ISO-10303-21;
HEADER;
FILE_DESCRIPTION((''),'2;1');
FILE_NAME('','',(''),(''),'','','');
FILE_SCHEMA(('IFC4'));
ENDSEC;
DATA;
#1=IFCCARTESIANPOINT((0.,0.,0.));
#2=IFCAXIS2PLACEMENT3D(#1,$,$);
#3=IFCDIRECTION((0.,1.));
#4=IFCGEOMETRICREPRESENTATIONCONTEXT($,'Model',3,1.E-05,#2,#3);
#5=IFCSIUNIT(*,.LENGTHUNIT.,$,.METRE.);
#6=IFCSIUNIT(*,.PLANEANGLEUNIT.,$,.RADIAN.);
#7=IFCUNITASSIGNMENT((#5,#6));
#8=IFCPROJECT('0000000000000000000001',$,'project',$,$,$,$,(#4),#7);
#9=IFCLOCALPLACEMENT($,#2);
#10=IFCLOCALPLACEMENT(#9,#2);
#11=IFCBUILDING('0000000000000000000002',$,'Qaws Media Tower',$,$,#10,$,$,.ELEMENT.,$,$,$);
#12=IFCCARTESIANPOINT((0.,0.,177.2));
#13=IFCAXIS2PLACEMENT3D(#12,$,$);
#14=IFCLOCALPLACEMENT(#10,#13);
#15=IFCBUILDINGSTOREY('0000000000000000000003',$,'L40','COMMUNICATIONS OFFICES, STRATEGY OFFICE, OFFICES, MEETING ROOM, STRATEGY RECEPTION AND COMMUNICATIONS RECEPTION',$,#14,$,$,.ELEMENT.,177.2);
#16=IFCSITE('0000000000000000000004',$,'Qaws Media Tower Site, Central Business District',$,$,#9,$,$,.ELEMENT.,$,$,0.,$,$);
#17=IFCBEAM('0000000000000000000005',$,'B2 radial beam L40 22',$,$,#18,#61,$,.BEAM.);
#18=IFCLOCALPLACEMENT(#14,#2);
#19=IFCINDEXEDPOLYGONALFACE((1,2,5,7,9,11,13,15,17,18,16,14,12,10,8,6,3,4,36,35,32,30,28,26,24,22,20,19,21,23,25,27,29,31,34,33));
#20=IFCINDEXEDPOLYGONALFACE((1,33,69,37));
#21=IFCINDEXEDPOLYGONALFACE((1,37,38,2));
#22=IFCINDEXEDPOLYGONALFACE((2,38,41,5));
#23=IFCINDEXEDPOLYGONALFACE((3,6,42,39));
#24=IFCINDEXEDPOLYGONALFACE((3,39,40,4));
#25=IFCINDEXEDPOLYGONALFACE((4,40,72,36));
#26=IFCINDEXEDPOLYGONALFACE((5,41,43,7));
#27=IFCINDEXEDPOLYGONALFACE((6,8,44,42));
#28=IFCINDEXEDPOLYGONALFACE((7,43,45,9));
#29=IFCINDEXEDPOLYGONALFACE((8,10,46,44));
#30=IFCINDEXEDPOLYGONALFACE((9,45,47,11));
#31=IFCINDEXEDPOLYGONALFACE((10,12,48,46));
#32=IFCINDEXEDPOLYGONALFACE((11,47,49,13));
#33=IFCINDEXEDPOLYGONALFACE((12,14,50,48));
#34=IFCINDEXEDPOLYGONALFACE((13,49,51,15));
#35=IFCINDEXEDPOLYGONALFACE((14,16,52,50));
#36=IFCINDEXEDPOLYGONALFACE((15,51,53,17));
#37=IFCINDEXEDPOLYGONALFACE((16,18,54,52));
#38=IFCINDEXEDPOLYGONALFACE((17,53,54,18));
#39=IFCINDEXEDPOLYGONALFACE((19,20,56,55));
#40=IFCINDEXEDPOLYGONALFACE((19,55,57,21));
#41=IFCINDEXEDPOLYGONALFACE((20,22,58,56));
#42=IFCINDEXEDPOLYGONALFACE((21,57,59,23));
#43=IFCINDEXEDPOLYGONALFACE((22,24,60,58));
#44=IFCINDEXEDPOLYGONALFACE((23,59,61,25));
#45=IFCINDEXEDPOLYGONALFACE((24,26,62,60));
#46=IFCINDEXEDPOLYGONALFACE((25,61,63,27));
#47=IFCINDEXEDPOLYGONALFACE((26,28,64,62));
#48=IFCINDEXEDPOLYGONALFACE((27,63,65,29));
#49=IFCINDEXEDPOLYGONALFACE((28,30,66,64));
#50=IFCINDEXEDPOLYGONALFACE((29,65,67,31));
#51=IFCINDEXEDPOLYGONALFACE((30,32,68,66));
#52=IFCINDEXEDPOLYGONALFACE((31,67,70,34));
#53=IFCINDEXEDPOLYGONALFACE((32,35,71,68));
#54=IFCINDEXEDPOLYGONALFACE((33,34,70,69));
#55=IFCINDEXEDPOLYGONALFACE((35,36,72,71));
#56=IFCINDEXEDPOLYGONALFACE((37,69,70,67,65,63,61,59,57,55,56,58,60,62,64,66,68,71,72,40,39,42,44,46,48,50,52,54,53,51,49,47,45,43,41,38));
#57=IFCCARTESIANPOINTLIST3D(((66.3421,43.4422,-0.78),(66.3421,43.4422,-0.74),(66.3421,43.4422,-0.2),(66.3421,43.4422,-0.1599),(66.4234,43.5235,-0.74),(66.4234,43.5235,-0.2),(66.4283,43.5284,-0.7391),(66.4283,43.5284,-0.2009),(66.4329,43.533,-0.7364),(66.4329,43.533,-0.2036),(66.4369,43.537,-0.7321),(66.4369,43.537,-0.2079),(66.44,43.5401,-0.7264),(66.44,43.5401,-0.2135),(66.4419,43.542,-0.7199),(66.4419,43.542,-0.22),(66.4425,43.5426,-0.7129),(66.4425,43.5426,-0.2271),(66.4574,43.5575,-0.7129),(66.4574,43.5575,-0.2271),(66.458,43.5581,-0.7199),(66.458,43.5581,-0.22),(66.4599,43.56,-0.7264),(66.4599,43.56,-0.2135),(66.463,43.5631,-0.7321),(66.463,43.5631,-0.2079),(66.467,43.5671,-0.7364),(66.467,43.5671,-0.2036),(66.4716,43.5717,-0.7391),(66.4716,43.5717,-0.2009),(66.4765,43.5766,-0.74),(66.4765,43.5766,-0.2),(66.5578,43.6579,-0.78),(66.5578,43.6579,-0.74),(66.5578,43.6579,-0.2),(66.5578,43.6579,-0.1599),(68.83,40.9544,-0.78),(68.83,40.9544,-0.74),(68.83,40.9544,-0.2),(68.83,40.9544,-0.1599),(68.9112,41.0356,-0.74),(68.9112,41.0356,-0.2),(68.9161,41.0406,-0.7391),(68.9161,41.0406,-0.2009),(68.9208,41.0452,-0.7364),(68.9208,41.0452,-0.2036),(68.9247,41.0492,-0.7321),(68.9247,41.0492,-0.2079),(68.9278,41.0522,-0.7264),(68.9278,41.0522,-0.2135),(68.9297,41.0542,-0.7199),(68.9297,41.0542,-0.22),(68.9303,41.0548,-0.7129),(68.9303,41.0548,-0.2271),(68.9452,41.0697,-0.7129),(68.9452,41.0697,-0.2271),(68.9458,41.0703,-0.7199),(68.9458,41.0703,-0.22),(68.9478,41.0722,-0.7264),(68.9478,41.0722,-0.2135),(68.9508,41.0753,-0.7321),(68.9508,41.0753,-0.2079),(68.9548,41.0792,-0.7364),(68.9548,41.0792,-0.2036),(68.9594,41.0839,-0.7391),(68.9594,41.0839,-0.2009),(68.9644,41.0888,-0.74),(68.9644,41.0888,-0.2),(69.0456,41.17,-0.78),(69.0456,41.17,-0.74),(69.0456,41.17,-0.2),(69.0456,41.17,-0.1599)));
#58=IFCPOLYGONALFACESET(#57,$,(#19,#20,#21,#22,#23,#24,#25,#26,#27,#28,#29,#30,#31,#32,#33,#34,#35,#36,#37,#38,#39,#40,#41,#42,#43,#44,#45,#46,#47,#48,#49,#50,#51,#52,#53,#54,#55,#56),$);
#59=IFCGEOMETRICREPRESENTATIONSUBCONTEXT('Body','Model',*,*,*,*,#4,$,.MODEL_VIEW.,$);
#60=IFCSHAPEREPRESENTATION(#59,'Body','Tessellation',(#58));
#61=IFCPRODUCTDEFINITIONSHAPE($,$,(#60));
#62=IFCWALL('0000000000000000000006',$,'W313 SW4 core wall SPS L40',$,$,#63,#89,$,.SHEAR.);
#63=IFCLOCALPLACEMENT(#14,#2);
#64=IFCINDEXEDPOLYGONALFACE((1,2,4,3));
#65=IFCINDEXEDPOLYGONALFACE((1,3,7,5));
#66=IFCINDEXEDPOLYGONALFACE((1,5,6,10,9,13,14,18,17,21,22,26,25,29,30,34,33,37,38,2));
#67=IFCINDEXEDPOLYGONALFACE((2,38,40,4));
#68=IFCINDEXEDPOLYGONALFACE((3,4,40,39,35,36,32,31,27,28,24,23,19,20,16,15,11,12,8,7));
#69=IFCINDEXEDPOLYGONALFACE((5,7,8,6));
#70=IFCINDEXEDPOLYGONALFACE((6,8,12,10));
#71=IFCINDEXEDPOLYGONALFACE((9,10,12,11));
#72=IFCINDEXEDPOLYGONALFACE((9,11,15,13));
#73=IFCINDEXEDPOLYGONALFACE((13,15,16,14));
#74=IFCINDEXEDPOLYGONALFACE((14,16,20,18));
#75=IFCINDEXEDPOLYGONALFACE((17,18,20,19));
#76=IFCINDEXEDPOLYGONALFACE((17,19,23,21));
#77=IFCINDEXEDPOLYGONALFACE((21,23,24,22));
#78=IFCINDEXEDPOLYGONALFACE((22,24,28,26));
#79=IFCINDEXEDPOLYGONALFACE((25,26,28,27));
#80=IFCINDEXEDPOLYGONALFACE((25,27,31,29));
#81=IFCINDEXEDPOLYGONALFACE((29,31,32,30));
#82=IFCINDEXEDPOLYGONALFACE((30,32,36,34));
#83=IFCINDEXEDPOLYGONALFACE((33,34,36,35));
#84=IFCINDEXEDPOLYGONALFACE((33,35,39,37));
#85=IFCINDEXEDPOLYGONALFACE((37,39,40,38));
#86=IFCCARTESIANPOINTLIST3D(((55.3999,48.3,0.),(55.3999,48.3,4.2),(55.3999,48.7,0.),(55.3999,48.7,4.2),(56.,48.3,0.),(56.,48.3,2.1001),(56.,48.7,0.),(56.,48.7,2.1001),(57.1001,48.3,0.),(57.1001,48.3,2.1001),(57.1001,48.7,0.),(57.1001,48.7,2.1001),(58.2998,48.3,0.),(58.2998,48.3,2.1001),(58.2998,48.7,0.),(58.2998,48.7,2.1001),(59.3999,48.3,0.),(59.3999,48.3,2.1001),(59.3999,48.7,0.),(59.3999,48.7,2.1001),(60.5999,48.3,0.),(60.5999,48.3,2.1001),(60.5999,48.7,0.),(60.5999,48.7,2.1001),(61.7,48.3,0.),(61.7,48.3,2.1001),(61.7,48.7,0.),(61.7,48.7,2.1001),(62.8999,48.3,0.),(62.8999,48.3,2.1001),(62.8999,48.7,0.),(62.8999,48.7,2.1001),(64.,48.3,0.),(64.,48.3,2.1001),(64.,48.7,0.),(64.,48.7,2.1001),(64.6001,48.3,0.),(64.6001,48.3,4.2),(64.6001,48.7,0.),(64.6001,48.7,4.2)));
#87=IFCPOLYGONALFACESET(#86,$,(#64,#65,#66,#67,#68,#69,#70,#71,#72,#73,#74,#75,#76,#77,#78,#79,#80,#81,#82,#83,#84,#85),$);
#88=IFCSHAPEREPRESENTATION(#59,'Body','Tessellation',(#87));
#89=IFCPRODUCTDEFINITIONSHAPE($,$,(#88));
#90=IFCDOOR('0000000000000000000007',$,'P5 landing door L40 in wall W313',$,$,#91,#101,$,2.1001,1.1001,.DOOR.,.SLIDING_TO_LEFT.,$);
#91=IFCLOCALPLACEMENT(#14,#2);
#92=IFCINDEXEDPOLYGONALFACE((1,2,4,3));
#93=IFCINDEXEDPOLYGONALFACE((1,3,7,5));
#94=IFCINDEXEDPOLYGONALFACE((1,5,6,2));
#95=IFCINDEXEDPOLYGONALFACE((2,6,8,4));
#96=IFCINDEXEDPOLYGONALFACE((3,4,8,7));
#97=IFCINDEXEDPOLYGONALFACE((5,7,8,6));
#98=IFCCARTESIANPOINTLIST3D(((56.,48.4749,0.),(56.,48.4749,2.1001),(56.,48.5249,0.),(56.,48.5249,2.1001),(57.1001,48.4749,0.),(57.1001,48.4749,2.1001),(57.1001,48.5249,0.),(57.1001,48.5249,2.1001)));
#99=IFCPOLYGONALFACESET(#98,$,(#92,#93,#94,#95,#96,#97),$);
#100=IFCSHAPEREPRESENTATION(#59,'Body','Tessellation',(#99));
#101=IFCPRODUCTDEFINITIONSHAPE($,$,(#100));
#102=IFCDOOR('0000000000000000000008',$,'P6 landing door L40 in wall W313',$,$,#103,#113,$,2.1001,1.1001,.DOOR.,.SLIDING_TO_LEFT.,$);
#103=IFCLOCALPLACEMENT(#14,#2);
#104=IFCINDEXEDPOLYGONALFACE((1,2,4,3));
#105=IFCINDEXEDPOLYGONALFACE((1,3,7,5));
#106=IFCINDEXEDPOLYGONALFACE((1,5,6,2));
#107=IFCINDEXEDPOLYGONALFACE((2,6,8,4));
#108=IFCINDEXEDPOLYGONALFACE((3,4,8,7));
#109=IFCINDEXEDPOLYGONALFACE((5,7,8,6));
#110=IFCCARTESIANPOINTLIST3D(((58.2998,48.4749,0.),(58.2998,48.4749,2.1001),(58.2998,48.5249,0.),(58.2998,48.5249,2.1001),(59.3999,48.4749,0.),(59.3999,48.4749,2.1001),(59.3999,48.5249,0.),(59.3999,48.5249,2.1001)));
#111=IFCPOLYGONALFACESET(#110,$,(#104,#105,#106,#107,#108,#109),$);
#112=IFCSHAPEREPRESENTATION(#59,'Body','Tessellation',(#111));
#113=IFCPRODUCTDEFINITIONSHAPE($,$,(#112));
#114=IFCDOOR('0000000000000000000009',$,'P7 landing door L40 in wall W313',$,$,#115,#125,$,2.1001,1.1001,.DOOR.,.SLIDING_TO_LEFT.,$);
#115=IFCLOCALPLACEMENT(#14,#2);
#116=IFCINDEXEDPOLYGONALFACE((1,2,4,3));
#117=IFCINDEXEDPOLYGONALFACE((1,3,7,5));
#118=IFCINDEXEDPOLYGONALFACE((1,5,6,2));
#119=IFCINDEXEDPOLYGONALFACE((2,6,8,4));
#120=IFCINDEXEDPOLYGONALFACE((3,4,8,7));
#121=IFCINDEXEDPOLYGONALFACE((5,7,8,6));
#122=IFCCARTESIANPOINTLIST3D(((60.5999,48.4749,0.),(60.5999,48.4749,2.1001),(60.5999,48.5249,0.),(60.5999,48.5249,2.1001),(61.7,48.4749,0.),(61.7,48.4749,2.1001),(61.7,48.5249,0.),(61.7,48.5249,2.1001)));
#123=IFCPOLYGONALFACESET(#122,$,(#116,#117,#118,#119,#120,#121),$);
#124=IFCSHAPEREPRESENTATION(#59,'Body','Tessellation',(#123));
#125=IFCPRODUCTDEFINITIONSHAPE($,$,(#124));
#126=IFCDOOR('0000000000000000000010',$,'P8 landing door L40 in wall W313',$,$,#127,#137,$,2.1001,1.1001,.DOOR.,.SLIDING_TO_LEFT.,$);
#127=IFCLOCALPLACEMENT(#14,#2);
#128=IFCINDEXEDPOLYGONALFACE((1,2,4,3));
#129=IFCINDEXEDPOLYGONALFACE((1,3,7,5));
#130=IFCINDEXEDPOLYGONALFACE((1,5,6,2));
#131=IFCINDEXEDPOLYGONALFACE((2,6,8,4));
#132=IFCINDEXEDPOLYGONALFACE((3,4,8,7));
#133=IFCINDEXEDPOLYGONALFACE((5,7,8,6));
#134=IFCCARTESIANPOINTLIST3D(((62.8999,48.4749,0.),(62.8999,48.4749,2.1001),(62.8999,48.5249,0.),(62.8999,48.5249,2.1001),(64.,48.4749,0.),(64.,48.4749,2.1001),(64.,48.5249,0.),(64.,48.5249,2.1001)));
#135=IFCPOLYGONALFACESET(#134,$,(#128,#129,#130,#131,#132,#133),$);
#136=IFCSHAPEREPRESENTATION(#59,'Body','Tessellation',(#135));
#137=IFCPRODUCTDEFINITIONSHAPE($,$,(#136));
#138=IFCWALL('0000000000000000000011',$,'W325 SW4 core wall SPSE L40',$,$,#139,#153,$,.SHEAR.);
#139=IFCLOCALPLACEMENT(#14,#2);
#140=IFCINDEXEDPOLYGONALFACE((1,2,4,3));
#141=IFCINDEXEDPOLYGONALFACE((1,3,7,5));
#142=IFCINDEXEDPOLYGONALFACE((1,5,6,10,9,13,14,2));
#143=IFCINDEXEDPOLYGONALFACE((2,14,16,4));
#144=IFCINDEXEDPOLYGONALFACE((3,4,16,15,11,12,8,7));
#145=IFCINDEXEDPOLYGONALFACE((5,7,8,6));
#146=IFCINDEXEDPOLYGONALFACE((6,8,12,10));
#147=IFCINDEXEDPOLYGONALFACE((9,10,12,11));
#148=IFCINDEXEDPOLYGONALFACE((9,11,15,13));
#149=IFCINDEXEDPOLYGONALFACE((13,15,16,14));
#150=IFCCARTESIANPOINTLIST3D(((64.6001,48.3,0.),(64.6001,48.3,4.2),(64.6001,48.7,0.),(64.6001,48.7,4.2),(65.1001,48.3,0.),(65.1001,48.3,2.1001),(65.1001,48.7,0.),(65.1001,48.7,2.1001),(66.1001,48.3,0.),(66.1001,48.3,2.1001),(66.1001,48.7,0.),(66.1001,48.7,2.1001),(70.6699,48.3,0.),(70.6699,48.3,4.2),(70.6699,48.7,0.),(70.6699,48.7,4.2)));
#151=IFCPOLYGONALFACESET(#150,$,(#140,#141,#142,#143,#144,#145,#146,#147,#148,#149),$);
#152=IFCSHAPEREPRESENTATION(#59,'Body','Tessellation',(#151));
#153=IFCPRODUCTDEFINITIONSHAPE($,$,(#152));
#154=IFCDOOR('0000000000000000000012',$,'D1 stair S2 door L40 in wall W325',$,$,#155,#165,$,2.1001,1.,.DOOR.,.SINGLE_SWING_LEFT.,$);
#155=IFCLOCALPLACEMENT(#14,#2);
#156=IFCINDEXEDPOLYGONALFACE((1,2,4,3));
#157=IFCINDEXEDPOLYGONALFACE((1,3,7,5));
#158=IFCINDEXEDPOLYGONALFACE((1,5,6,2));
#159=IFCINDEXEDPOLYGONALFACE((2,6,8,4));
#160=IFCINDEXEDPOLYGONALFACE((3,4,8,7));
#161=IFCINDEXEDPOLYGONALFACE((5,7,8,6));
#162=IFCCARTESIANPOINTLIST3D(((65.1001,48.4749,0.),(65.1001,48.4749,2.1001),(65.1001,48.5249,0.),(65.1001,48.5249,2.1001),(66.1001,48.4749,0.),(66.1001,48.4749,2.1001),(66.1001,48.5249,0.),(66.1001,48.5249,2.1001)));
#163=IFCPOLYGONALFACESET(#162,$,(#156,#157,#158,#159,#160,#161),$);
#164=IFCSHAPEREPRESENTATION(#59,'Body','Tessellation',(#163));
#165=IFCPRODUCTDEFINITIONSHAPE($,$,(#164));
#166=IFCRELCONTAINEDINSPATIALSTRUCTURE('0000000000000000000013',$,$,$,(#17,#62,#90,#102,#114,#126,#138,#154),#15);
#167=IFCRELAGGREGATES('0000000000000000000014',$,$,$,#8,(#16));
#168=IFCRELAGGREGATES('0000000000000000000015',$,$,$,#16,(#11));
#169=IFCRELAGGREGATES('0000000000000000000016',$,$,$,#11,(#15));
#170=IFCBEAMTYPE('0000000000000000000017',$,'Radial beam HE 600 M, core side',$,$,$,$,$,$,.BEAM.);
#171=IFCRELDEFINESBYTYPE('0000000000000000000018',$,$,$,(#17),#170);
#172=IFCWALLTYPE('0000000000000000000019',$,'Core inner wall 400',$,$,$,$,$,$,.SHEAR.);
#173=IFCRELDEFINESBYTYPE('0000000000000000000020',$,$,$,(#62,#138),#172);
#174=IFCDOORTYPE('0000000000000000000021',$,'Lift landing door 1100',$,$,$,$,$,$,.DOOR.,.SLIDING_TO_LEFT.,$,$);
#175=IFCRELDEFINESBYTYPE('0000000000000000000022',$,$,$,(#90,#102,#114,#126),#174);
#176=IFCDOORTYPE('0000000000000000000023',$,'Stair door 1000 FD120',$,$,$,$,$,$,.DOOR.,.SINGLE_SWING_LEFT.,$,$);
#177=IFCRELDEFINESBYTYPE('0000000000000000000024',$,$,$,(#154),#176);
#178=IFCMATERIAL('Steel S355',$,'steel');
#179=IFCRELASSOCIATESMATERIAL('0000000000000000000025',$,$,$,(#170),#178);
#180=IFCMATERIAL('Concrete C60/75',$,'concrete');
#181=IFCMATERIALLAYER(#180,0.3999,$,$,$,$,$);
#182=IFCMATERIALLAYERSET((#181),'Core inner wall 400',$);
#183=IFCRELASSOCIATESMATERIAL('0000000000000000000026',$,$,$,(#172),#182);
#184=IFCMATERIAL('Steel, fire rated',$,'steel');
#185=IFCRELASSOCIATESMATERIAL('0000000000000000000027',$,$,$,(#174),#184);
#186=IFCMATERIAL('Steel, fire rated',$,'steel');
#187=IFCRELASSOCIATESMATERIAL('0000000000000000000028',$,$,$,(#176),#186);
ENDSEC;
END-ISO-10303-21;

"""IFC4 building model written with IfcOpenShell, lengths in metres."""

from ifc_helpers import new_model, si_unit, direction, frame, frame_2d, origin, origin_2d, place, context, subcontext, project, spatial, rectangle, i_section, extrude, material, layer, layer_set, material_profile, profile_set, type_object, element, fill, save


model = new_model("IFC4")

# Units and contexts
model_context = context("Model", 3, precision=1e-05, world=origin(), true_north=direction((0.0, 1.0)))
body_context = subcontext(model_context, "Body", "Model", "MODEL_VIEW")
ifc_project = project(units=[si_unit("LENGTHUNIT", "METRE"), si_unit("PLANEANGLEUNIT", "RADIAN")], contexts=[model_context])

# Site, building, storey
site_placement = place(None, origin())
site = spatial("IfcSite", under=ifc_project, at=site_placement, Name="Qaws Media Tower Site, Central Business District", CompositionType="ELEMENT", RefElevation=0.0)
building_placement = place(site_placement, origin())
building = spatial("IfcBuilding", under=site, at=building_placement, Name="Qaws Media Tower", CompositionType="ELEMENT")
storey_placement = place(building_placement, frame((0.0, 0.0, 177.2)))
storey = spatial("IfcBuildingStorey", under=building, at=storey_placement, Name="L40", Description="COMMUNICATIONS OFFICES, STRATEGY OFFICE, OFFICES, MEETING ROOM, STRATEGY RECEPTION AND COMMUNICATIONS RECEPTION", CompositionType="ELEMENT", Elevation=177.2)

# Beam
ifc_material_1 = material(Name="Steel S355", Category="steel")
ifc_material_profile_1 = material_profile(ifc_material_1, i_section(OverallWidth=0.3049, OverallDepth=0.6201, WebThickness=0.021, FlangeThickness=0.04, FilletRadius=0.0271, at=origin_2d()), Name="HE 600 M")
ifc_profile_set_1 = profile_set([ifc_material_profile_1], Name="Steel S355")
beam_type_1 = type_object("IfcBeamType", Name="Radial beam HE 600 M, core side", PredefinedType="BEAM", material=ifc_profile_set_1)
beam_1_placement = place(storey_placement, frame((66.45, 43.55, -0.47), z_axis=(0.707107, -0.707107, 0.0), x_axis=(0.707107, 0.707107, 0.0)))
element("IfcBeam", 1, at=beam_1_placement, inside=storey, type_object=beam_type_1, Name="B2 radial beam L40 22", PredefinedType="BEAM", context=body_context, shape_type="SweptSolid", body=[
    extrude(i_section(OverallWidth=0.3049, OverallDepth=0.6201, WebThickness=0.021, FlangeThickness=0.04, FilletRadius=0.0271, at=origin_2d()), origin(), (0.0, 0.0, 1.0), 3.5183),
])

# Wall, openings, doors
ifc_material_2 = material(Name="Concrete C60/75", Category="concrete")
ifc_layer_1 = layer(ifc_material_2, 0.3999)
ifc_layer_set_1 = layer_set([ifc_layer_1], Name="Core inner wall 400")
wall_type_1 = type_object("IfcWallType", Name="Core inner wall 400", PredefinedType="SHEAR", material=ifc_layer_set_1)
wall_1_placement = place(storey_placement, frame((55.3999, 48.5, 0.0), z_axis=(0.0, 0.0, 1.0), x_axis=(1.0, 0.0, 0.0)))
wall_1 = element("IfcWall", 2, at=wall_1_placement, inside=storey, type_object=wall_type_1, Name="W313 SW4 core wall SPS L40", PredefinedType="SHEAR", context=body_context, shape_type="SweptSolid", body=[
    extrude(rectangle(XDim=9.2002, YDim=0.3999, at=frame_2d((4.6001, 0.0))), origin(), (0.0, 0.0, 1.0), 4.2),
])
opening_1_placement = place(wall_1_placement, frame((0.6001, 0.0, 0.0)))
opening_1 = element("IfcOpeningElement", 3, at=opening_1_placement, cuts=wall_1, PredefinedType="OPENING", context=body_context, shape_type="SweptSolid", body=[
    extrude(rectangle(XDim=1.1001, YDim=2.1001, at=frame_2d((0.55, 1.05))), frame((0.0, 0.21, 0.0), z_axis=(0.0, -1.0, 0.0), x_axis=(1.0, 0.0, 0.0)), (0.0, 0.0, 1.0), 0.4199),
])
opening_2_placement = place(wall_1_placement, frame((2.8999, 0.0, 0.0)))
opening_2 = element("IfcOpeningElement", 4, at=opening_2_placement, cuts=wall_1, PredefinedType="OPENING", context=body_context, shape_type="SweptSolid", body=[
    extrude(rectangle(XDim=1.1001, YDim=2.1001, at=frame_2d((0.55, 1.05))), frame((0.0, 0.21, 0.0), z_axis=(0.0, -1.0, 0.0), x_axis=(1.0, 0.0, 0.0)), (0.0, 0.0, 1.0), 0.4199),
])
opening_3_placement = place(wall_1_placement, frame((5.2, 0.0, 0.0)))
opening_3 = element("IfcOpeningElement", 5, at=opening_3_placement, cuts=wall_1, PredefinedType="OPENING", context=body_context, shape_type="SweptSolid", body=[
    extrude(rectangle(XDim=1.1001, YDim=2.1001, at=frame_2d((0.55, 1.05))), frame((0.0, 0.21, 0.0), z_axis=(0.0, -1.0, 0.0), x_axis=(1.0, 0.0, 0.0)), (0.0, 0.0, 1.0), 0.4199),
])
opening_4_placement = place(wall_1_placement, frame((7.5, 0.0, 0.0)))
opening_4 = element("IfcOpeningElement", 6, at=opening_4_placement, cuts=wall_1, PredefinedType="OPENING", context=body_context, shape_type="SweptSolid", body=[
    extrude(rectangle(XDim=1.1001, YDim=2.1001, at=frame_2d((0.55, 1.05))), frame((0.0, 0.21, 0.0), z_axis=(0.0, -1.0, 0.0), x_axis=(1.0, 0.0, 0.0)), (0.0, 0.0, 1.0), 0.4199),
])
ifc_material_3 = material(Name="Steel, fire rated", Category="steel")
door_type_1 = type_object("IfcDoorType", Name="Lift landing door 1100", OperationType="SLIDING_TO_LEFT", PredefinedType="DOOR", material=ifc_material_3)
door_1_placement = place(opening_1_placement, origin())
door_1 = element("IfcDoor", 7, at=door_1_placement, inside=storey, type_object=door_type_1, Name="P5 landing door L40 in wall W313", OperationType="SLIDING_TO_LEFT", OverallHeight=2.1001, OverallWidth=1.1001, PredefinedType="DOOR", context=body_context, shape_type="SweptSolid", body=[
    extrude(rectangle(XDim=1.1001, YDim=2.1001, at=frame_2d((0.55, 1.05))), frame((0.0, 0.0249, 0.0), z_axis=(0.0, -1.0, 0.0), x_axis=(1.0, 0.0, 0.0)), (0.0, 0.0, 1.0), 0.05),
])
fill(opening_1, door_1)
door_2_placement = place(opening_2_placement, origin())
door_2 = element("IfcDoor", 8, at=door_2_placement, inside=storey, type_object=door_type_1, Name="P6 landing door L40 in wall W313", OperationType="SLIDING_TO_LEFT", OverallHeight=2.1001, OverallWidth=1.1001, PredefinedType="DOOR", context=body_context, shape_type="SweptSolid", body=[
    extrude(rectangle(XDim=1.1001, YDim=2.1001, at=frame_2d((0.55, 1.05))), frame((0.0, 0.0249, 0.0), z_axis=(0.0, -1.0, 0.0), x_axis=(1.0, 0.0, 0.0)), (0.0, 0.0, 1.0), 0.05),
])
fill(opening_2, door_2)
door_3_placement = place(opening_3_placement, origin())
door_3 = element("IfcDoor", 9, at=door_3_placement, inside=storey, type_object=door_type_1, Name="P7 landing door L40 in wall W313", OperationType="SLIDING_TO_LEFT", OverallHeight=2.1001, OverallWidth=1.1001, PredefinedType="DOOR", context=body_context, shape_type="SweptSolid", body=[
    extrude(rectangle(XDim=1.1001, YDim=2.1001, at=frame_2d((0.55, 1.05))), frame((0.0, 0.0249, 0.0), z_axis=(0.0, -1.0, 0.0), x_axis=(1.0, 0.0, 0.0)), (0.0, 0.0, 1.0), 0.05),
])
fill(opening_3, door_3)
door_4_placement = place(opening_4_placement, origin())
door_4 = element("IfcDoor", 10, at=door_4_placement, inside=storey, type_object=door_type_1, Name="P8 landing door L40 in wall W313", OperationType="SLIDING_TO_LEFT", OverallHeight=2.1001, OverallWidth=1.1001, PredefinedType="DOOR", context=body_context, shape_type="SweptSolid", body=[
    extrude(rectangle(XDim=1.1001, YDim=2.1001, at=frame_2d((0.55, 1.05))), frame((0.0, 0.0249, 0.0), z_axis=(0.0, -1.0, 0.0), x_axis=(1.0, 0.0, 0.0)), (0.0, 0.0, 1.0), 0.05),
])
fill(opening_4, door_4)

# Wall, opening, door
wall_2_placement = place(storey_placement, frame((64.6001, 48.5, 0.0), z_axis=(0.0, 0.0, 1.0), x_axis=(1.0, 0.0, 0.0)))
wall_2 = element("IfcWall", 11, at=wall_2_placement, inside=storey, type_object=wall_type_1, Name="W325 SW4 core wall SPSE L40", PredefinedType="SHEAR", context=body_context, shape_type="SweptSolid", body=[
    extrude(rectangle(XDim=6.0698, YDim=0.3999, at=frame_2d((3.0349, 0.0))), origin(), (0.0, 0.0, 1.0), 4.2),
])
opening_5_placement = place(wall_2_placement, frame((0.5, 0.0, 0.0)))
opening_5 = element("IfcOpeningElement", 12, at=opening_5_placement, cuts=wall_2, PredefinedType="OPENING", context=body_context, shape_type="SweptSolid", body=[
    extrude(rectangle(XDim=1.0, YDim=2.1001, at=frame_2d((0.5, 1.05))), frame((0.0, 0.21, 0.0), z_axis=(0.0, -1.0, 0.0), x_axis=(1.0, 0.0, 0.0)), (0.0, 0.0, 1.0), 0.4199),
])
ifc_material_4 = material(Name="Steel, fire rated", Category="steel")
door_type_2 = type_object("IfcDoorType", Name="Stair door 1000 FD120", OperationType="SINGLE_SWING_LEFT", PredefinedType="DOOR", material=ifc_material_4)
door_5_placement = place(opening_5_placement, origin())
door_5 = element("IfcDoor", 13, at=door_5_placement, inside=storey, type_object=door_type_2, Name="D1 stair S2 door L40 in wall W325", OperationType="SINGLE_SWING_LEFT", OverallHeight=2.1001, OverallWidth=1.0, PredefinedType="DOOR", context=body_context, shape_type="SweptSolid", body=[
    extrude(rectangle(XDim=1.0, YDim=2.1001, at=frame_2d((0.5, 1.05))), frame((0.0, 0.0249, 0.0), z_axis=(0.0, -1.0, 0.0), x_axis=(1.0, 0.0, 0.0)), (0.0, 0.0, 1.0), 0.05),
])
fill(opening_5, door_5)

save(model, "model.ifc")
